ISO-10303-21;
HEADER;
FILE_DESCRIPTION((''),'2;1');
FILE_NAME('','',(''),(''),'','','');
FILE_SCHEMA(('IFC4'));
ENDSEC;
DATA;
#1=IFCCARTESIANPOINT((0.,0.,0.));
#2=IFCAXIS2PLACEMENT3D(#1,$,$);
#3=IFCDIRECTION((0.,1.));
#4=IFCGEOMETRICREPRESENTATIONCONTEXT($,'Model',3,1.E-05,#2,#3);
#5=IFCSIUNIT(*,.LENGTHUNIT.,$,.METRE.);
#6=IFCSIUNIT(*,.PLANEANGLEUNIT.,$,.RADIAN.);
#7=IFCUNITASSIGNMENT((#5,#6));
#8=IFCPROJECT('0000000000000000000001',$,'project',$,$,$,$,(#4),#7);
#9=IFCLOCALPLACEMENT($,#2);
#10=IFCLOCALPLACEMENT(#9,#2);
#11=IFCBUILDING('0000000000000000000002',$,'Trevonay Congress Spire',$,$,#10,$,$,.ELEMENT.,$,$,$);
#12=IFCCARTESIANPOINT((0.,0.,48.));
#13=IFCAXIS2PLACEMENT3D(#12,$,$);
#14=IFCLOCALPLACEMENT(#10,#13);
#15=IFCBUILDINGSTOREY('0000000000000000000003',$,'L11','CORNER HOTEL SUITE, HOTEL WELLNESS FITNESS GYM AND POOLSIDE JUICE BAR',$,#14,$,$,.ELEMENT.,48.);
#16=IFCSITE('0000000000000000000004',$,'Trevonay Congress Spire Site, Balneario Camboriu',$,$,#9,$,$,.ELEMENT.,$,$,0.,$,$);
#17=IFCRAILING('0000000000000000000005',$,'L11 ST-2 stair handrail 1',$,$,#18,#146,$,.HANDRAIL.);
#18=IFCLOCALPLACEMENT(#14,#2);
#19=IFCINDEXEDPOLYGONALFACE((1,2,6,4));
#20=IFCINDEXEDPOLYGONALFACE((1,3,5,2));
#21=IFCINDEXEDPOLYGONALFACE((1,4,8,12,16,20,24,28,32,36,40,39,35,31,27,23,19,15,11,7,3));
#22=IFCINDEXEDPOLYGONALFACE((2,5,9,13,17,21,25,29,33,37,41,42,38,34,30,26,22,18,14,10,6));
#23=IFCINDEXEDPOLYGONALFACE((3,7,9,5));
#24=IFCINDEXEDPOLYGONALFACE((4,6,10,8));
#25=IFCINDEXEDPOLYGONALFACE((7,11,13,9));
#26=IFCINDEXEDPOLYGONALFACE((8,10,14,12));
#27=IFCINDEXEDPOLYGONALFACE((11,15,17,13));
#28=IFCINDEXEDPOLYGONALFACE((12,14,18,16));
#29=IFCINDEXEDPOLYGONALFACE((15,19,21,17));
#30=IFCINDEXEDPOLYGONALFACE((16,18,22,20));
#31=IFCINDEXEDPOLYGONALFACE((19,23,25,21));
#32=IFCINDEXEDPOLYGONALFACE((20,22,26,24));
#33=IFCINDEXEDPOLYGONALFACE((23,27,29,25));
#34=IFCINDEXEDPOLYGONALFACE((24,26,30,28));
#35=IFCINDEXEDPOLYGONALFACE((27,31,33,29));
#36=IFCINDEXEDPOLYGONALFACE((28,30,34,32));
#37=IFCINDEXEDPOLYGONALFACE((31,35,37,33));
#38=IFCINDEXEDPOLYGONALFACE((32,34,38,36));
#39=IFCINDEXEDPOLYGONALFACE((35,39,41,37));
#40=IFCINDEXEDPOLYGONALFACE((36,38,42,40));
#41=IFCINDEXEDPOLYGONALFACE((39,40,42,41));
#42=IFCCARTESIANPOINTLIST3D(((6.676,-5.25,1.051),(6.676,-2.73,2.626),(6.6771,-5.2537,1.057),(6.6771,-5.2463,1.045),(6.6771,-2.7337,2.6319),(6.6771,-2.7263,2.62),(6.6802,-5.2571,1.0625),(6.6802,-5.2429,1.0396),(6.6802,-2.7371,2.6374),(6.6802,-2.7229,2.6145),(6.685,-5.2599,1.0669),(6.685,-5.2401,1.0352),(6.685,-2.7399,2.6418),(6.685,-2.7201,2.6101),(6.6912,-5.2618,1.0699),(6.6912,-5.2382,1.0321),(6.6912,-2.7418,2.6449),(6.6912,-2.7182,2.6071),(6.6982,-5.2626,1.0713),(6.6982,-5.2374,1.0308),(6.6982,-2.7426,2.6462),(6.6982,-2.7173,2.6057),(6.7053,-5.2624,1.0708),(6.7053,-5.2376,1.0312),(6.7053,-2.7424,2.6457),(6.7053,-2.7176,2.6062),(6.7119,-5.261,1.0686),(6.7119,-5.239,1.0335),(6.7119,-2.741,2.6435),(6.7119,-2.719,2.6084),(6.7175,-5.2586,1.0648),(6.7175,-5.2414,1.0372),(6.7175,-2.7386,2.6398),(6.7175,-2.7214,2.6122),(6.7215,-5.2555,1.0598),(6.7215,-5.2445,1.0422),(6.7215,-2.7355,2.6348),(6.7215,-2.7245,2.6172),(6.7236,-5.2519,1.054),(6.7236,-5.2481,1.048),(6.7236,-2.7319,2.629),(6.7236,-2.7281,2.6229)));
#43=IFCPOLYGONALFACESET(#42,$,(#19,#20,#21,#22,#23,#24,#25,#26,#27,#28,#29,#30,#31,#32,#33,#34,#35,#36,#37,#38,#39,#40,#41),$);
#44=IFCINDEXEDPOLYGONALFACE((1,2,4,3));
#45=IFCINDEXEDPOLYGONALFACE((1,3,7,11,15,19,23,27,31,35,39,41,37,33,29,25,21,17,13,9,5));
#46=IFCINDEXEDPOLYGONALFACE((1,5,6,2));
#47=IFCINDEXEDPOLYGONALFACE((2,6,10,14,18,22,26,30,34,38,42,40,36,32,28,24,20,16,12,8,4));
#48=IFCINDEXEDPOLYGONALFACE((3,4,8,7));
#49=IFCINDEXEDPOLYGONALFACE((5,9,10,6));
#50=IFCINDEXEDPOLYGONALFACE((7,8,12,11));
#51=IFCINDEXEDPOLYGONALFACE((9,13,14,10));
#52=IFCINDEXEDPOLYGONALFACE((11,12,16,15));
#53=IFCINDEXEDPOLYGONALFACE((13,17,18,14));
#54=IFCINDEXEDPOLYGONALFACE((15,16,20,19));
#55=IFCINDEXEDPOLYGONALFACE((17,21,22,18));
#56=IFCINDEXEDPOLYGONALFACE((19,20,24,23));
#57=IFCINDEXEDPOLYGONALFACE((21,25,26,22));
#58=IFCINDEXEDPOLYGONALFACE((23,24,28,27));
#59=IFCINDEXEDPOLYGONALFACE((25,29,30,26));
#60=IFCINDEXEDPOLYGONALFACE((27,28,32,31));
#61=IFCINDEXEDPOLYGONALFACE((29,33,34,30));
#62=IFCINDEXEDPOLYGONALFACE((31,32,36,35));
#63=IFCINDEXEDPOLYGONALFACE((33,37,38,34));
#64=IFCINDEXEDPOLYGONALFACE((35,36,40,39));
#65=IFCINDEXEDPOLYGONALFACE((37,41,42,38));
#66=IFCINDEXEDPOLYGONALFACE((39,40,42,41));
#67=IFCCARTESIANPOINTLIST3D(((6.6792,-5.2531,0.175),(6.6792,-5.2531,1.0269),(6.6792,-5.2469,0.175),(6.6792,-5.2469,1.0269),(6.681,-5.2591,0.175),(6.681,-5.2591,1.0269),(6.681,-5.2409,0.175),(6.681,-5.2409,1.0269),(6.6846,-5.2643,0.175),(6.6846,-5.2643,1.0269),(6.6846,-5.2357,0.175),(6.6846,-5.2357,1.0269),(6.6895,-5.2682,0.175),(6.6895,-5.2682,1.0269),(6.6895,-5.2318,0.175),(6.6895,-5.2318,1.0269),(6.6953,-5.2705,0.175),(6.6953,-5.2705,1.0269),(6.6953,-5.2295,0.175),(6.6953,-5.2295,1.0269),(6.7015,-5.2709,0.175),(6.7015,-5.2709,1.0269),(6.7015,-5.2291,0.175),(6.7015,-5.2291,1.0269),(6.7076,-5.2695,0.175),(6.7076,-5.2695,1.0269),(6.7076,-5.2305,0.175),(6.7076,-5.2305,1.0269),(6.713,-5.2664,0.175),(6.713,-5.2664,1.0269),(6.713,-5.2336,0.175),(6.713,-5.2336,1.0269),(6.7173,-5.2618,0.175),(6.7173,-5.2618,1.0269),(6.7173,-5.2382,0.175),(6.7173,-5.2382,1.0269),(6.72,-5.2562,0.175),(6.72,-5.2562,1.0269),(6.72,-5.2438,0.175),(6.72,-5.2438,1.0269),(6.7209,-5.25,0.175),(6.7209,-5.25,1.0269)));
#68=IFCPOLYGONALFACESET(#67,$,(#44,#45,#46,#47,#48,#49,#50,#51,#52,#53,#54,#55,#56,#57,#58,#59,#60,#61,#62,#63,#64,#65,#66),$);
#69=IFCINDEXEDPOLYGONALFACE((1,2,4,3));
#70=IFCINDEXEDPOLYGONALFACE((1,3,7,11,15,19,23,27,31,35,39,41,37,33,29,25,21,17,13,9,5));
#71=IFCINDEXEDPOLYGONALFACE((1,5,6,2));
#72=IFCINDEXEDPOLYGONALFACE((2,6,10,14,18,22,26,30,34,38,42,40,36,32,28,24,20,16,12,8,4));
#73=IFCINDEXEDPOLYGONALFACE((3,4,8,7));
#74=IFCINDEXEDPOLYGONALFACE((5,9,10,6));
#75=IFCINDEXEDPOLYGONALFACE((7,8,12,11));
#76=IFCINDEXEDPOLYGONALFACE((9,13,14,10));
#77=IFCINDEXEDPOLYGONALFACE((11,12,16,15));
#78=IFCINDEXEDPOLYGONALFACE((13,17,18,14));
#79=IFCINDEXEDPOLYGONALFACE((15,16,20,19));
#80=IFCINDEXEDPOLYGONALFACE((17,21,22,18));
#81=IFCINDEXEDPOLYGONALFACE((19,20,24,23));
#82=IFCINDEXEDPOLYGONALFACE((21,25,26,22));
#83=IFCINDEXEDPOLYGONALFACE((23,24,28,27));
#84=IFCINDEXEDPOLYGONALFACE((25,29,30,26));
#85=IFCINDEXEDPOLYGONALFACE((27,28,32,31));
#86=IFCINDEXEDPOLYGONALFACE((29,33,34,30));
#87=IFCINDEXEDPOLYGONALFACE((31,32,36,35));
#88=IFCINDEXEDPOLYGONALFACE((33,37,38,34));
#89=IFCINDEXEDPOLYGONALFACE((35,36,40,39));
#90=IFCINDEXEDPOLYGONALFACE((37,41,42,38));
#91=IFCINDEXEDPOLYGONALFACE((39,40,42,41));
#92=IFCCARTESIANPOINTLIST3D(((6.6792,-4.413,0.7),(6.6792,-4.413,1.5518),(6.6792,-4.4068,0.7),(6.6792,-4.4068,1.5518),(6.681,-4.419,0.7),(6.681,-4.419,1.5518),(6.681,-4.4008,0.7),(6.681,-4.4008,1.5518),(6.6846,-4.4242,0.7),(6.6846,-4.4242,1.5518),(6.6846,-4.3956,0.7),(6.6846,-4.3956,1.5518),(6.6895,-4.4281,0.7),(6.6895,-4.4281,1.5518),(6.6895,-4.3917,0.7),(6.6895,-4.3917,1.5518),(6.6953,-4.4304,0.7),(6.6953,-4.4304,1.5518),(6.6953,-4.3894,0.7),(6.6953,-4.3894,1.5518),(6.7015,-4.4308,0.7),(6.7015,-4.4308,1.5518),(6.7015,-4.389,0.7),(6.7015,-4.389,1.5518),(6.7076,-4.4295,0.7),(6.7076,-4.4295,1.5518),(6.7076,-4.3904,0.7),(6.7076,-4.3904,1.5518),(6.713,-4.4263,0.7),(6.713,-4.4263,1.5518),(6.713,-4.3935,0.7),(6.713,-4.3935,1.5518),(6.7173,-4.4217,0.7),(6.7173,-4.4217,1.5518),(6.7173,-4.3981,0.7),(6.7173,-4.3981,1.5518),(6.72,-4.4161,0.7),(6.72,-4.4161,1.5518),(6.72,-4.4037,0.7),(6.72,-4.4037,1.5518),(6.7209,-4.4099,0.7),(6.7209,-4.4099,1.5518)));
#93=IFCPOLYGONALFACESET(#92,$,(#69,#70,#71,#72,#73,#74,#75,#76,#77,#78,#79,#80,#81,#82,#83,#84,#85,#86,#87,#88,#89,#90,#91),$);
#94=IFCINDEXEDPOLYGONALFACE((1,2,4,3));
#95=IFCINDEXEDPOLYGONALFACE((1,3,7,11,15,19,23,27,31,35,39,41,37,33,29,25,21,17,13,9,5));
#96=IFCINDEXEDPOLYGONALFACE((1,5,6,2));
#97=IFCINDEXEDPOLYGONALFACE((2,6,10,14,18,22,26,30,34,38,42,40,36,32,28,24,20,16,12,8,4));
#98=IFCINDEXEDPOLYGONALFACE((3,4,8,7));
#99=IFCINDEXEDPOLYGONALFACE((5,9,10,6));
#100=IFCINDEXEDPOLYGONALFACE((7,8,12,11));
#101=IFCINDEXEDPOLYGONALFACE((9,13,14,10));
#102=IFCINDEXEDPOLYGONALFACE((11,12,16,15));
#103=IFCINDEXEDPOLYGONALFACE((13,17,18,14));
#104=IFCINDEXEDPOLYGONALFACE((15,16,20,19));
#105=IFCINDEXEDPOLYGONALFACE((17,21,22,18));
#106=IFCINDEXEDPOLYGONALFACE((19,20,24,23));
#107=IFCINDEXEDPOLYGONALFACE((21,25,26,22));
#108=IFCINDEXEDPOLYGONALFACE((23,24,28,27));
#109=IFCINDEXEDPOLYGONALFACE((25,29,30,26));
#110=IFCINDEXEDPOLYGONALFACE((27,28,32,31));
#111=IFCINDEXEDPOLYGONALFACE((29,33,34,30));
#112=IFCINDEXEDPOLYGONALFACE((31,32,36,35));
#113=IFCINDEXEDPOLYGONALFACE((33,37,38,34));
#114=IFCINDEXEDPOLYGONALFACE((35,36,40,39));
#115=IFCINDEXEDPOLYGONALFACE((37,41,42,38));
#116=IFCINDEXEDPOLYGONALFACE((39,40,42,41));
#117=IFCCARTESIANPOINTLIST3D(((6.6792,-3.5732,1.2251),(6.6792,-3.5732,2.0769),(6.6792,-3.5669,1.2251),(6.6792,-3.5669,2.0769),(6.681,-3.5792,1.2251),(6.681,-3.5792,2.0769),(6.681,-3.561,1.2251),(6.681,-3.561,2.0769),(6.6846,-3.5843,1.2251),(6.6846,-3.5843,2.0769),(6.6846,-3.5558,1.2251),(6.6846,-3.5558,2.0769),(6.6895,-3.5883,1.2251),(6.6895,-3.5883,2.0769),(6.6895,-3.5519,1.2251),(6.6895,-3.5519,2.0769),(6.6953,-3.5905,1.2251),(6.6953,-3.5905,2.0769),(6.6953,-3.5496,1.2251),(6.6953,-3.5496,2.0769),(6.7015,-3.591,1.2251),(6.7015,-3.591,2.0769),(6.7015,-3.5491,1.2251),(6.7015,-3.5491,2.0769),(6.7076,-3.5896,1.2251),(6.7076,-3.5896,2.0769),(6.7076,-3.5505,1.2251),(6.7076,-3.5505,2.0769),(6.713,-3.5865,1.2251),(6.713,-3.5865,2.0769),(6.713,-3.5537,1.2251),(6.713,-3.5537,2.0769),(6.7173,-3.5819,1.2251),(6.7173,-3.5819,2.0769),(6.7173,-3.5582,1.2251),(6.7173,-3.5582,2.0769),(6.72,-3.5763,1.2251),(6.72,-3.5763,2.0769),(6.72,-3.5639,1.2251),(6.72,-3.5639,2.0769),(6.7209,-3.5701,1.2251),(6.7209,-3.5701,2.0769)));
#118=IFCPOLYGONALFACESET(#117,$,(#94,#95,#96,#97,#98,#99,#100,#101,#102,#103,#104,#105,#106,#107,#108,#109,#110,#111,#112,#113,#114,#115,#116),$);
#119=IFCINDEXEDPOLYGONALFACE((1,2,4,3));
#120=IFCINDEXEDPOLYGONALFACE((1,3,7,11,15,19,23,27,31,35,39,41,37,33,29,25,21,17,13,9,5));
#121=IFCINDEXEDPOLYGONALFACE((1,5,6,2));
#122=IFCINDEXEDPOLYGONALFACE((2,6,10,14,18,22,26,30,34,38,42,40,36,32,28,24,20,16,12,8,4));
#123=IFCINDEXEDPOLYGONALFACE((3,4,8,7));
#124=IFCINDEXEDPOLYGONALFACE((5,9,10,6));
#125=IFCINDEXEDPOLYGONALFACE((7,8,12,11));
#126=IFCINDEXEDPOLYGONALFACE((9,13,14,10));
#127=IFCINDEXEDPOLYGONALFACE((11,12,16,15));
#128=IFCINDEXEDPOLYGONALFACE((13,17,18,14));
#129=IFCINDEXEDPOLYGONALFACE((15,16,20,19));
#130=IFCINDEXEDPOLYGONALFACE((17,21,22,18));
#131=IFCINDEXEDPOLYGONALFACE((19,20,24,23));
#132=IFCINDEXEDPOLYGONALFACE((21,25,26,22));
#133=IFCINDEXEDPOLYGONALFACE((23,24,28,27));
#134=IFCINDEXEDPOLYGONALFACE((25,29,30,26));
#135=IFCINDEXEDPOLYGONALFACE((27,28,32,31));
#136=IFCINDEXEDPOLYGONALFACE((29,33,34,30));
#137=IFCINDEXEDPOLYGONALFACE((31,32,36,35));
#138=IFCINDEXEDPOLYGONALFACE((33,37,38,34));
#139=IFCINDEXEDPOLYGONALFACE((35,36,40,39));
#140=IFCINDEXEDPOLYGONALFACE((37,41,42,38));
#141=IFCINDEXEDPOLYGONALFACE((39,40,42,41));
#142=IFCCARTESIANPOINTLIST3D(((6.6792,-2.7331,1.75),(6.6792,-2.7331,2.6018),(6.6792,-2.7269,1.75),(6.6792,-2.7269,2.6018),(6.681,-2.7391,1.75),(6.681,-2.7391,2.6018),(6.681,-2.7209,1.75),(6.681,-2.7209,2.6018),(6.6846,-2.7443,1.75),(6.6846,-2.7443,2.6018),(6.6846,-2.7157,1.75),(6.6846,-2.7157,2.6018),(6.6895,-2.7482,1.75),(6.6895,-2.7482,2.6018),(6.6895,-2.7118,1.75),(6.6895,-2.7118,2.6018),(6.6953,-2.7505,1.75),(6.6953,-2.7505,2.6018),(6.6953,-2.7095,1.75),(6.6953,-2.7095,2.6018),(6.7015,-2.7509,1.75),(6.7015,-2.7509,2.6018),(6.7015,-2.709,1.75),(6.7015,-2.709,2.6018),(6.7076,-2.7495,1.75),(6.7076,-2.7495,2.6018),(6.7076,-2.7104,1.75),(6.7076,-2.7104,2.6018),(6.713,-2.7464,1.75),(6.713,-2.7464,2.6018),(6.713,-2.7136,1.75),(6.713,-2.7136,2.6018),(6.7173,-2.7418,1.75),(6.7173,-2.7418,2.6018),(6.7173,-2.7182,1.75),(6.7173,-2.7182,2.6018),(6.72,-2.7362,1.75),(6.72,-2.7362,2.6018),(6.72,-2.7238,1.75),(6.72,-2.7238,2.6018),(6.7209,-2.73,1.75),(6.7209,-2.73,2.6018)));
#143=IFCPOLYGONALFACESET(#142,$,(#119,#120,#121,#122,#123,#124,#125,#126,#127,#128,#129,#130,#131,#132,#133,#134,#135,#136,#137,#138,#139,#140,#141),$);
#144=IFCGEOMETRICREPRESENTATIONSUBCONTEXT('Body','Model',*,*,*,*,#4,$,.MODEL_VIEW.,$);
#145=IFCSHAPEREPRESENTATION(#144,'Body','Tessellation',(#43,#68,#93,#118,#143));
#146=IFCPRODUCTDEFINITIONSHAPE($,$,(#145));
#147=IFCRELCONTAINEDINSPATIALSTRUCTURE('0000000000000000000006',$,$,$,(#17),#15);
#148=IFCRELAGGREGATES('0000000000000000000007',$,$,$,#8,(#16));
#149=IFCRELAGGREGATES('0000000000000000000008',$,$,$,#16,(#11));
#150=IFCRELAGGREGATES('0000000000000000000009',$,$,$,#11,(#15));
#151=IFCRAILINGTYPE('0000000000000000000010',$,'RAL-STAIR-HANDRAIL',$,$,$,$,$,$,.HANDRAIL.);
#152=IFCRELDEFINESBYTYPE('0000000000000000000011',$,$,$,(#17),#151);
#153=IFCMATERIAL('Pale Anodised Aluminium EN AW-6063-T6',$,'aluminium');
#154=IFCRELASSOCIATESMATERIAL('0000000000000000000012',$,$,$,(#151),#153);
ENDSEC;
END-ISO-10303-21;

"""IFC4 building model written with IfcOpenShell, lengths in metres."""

from ifc_helpers import new_model, si_unit, direction, frame, origin, origin_2d, place, context, subcontext, project, spatial, circle, extrude, material, type_object, element, save


model = new_model("IFC4")

# Units and contexts
model_context = context("Model", 3, precision=1e-05, world=origin(), true_north=direction((0.0, 1.0)))
body_context = subcontext(model_context, "Body", "Model", "MODEL_VIEW")
ifc_project = project(units=[si_unit("LENGTHUNIT", "METRE"), si_unit("PLANEANGLEUNIT", "RADIAN")], contexts=[model_context])

# Site, building, storey
site_placement = place(None, origin())
site = spatial("IfcSite", under=ifc_project, at=site_placement, Name="Trevonay Congress Spire Site, Balneario Camboriu", CompositionType="ELEMENT", RefElevation=0.0)
building_placement = place(site_placement, origin())
building = spatial("IfcBuilding", under=site, at=building_placement, Name="Trevonay Congress Spire", CompositionType="ELEMENT")
storey_placement = place(building_placement, frame((0.0, 0.0, 48.0)))
storey = spatial("IfcBuildingStorey", under=building, at=storey_placement, Name="L11", Description="CORNER HOTEL SUITE, HOTEL WELLNESS FITNESS GYM AND POOLSIDE JUICE BAR", CompositionType="ELEMENT", Elevation=48.0)

# Railing
ifc_material_1 = material(Name="Pale Anodised Aluminium EN AW-6063-T6", Category="aluminium")
railing_type_1 = type_object("IfcRailingType", Name="RAL-STAIR-HANDRAIL", PredefinedType="HANDRAIL", material=ifc_material_1)
railing_1_placement = place(storey_placement, frame((6.7, -5.25, 0.175)))
element("IfcRailing", 1, at=railing_1_placement, inside=storey, type_object=railing_type_1, Name="L11 ST-2 stair handrail 1", PredefinedType="HANDRAIL", context=body_context, shape_type="SweptSolid", body=[
    extrude(circle(Radius=0.0239, at=origin_2d()), frame((0.0, 0.0, 0.876), z_axis=(0.0, 0.848008, 0.529984), x_axis=(-1.0, 0.0, 0.0)), (0.0, 0.0, 1.0), 2.9717),
    extrude(circle(Radius=0.021, at=origin_2d()), origin(), (0.0, 0.0, 1.0), 0.8518),
    extrude(circle(Radius=0.021, at=origin_2d()), frame((0.0, 0.8401, 0.5249)), (0.0, 0.0, 1.0), 0.8518),
    extrude(circle(Radius=0.021, at=origin_2d()), frame((0.0, 1.6799, 1.05)), (0.0, 0.0, 1.0), 0.8518),
    extrude(circle(Radius=0.021, at=origin_2d()), frame((0.0, 2.52, 1.575)), (0.0, 0.0, 1.0), 0.8518),
])

save(model, "model.ifc")
